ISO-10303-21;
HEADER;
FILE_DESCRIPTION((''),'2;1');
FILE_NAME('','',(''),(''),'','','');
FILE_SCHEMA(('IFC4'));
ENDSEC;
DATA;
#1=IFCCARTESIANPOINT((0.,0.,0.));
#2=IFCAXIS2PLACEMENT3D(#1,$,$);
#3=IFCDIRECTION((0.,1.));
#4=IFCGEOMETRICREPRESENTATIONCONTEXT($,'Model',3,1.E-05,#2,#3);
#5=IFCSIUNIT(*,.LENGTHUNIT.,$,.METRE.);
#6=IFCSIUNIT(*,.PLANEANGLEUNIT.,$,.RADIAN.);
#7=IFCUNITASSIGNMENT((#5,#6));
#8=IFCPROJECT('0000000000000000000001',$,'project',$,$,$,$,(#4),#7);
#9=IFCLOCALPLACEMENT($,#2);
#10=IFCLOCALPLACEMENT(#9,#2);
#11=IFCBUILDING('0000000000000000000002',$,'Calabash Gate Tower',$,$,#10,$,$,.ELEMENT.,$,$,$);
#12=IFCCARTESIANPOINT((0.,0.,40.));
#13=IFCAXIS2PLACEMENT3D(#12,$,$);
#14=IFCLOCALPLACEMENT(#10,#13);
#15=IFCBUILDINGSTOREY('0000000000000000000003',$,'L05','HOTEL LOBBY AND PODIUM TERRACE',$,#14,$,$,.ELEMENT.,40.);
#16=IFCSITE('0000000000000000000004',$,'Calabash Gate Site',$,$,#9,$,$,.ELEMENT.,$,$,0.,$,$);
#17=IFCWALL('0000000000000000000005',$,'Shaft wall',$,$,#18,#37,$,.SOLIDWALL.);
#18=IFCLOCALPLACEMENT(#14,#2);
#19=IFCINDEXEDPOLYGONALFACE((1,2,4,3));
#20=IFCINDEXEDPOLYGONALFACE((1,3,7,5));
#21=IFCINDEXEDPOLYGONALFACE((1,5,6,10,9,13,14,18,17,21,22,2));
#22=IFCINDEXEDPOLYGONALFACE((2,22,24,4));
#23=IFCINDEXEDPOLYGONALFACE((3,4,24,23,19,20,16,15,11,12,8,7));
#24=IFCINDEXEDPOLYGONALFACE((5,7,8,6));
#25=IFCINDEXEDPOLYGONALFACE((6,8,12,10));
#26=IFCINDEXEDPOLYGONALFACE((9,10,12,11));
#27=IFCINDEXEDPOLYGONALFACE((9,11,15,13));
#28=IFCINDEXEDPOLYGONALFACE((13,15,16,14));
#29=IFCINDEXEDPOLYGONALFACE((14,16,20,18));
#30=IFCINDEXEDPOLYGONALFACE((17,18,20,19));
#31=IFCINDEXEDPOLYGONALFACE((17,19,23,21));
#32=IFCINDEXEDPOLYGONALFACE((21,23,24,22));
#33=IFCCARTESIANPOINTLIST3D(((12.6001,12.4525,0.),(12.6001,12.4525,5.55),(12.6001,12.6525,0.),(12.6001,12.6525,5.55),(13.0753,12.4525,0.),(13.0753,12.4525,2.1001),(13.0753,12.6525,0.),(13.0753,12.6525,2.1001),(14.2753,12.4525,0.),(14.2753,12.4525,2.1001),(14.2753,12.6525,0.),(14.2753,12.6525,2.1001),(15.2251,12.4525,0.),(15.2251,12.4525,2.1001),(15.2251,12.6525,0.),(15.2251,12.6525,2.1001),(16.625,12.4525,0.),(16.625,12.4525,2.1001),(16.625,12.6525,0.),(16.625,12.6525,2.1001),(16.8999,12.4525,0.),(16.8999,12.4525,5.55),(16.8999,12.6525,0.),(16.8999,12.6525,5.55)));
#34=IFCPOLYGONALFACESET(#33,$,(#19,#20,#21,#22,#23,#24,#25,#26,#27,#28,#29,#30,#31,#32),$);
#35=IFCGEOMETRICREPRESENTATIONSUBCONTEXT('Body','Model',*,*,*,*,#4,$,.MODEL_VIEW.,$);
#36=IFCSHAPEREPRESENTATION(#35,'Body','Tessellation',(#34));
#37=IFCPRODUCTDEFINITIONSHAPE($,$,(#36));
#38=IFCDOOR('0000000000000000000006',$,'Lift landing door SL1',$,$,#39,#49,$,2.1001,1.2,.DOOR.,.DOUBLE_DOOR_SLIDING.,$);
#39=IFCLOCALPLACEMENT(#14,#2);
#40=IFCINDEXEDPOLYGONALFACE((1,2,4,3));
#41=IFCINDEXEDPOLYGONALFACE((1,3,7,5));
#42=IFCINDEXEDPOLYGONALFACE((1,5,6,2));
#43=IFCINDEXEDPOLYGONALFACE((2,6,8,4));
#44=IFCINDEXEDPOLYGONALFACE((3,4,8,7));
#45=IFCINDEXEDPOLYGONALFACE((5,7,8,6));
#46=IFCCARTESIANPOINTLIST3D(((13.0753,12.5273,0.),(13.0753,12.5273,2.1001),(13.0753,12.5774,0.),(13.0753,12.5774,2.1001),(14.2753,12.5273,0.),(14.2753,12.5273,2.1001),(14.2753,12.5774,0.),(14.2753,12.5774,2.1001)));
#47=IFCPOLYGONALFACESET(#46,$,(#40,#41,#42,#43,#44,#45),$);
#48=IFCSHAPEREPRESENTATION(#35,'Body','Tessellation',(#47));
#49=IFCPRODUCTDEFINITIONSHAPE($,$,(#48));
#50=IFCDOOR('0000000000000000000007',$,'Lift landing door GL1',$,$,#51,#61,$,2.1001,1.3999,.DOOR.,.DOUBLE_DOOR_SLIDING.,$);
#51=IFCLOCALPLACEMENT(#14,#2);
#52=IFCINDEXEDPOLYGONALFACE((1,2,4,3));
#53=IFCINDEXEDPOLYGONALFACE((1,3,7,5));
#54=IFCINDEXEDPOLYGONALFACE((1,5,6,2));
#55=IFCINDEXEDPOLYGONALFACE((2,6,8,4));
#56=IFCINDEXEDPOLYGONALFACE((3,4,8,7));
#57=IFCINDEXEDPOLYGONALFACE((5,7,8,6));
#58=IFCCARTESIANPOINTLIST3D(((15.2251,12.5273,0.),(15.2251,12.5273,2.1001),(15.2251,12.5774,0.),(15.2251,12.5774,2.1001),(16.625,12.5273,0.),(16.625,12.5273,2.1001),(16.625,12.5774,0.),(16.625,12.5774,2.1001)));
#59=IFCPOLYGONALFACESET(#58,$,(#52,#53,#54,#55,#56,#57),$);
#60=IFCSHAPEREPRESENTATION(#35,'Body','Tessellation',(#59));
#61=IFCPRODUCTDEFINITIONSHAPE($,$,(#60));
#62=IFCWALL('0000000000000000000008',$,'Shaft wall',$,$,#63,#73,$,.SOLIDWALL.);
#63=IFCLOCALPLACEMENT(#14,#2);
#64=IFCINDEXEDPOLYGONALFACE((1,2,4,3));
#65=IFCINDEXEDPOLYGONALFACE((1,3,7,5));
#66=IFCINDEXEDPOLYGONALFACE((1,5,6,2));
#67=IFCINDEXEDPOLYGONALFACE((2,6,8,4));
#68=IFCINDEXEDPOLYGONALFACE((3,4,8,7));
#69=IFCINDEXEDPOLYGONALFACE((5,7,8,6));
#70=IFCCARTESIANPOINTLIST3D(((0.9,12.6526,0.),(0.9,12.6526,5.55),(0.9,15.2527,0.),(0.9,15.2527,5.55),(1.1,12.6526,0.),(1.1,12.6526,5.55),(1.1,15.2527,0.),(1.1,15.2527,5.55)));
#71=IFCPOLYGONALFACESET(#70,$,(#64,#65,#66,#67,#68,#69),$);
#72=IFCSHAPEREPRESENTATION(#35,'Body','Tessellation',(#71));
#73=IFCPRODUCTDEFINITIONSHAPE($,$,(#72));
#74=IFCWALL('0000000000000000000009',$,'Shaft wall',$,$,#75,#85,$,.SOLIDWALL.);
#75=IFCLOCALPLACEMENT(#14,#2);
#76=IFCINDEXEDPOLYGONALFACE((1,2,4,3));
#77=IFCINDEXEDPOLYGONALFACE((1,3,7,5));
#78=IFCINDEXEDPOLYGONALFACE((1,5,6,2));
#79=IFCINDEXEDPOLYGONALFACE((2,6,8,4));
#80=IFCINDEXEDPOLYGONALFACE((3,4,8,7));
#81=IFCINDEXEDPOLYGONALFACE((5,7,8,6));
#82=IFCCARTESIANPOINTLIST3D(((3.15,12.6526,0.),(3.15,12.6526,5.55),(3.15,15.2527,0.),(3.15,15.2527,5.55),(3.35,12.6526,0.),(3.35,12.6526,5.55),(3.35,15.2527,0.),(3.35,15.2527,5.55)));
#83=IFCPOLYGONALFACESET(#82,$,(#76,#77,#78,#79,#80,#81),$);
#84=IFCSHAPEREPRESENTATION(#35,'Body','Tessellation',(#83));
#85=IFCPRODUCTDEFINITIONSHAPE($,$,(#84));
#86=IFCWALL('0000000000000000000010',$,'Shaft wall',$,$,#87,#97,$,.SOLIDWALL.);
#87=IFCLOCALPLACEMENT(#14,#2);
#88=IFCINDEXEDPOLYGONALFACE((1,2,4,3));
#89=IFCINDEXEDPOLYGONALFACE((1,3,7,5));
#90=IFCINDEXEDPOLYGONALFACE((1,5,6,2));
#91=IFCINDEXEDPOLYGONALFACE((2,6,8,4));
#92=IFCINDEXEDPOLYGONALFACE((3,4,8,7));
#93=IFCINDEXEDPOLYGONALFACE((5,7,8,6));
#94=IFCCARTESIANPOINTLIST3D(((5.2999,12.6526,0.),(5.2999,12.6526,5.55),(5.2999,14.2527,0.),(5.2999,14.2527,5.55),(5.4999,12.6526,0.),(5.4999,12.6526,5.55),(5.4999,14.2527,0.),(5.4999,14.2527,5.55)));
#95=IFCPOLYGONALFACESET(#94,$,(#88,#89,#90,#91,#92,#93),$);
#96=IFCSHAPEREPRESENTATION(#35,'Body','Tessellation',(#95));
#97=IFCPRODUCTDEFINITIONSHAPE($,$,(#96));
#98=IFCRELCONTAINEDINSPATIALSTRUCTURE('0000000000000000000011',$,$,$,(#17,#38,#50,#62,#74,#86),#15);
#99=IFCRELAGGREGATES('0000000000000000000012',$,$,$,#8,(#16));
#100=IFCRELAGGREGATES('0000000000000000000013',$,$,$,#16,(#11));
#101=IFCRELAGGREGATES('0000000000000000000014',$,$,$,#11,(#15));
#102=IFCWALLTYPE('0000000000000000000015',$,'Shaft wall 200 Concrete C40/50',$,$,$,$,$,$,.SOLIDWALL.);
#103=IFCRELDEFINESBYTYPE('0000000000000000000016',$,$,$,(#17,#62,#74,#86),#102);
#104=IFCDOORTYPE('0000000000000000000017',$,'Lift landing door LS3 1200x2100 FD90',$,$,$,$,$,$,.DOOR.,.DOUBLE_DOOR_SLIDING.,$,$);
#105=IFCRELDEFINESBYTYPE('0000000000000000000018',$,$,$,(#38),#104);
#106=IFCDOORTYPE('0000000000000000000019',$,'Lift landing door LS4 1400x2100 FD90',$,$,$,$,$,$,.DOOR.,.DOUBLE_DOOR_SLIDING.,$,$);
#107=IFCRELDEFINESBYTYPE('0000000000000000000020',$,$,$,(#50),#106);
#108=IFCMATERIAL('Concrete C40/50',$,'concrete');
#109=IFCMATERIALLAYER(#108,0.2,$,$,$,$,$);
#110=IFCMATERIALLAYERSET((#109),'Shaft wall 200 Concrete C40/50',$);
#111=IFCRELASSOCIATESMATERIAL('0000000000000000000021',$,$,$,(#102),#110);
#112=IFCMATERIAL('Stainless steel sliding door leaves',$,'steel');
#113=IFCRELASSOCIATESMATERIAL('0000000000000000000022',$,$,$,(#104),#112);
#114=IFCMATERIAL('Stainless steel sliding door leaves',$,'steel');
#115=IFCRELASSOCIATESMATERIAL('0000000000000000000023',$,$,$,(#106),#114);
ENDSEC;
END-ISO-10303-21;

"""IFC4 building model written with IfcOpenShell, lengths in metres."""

from ifc_helpers import new_model, si_unit, direction, frame, frame_2d, origin, place, context, subcontext, project, spatial, rectangle, extrude, material, layer, layer_set, type_object, element, fill, save


model = new_model("IFC4")

# Units and contexts
model_context = context("Model", 3, precision=1e-05, world=origin(), true_north=direction((0.0, 1.0)))
body_context = subcontext(model_context, "Body", "Model", "MODEL_VIEW")
ifc_project = project(units=[si_unit("LENGTHUNIT", "METRE"), si_unit("PLANEANGLEUNIT", "RADIAN")], contexts=[model_context])

# Site, building, storey
site_placement = place(None, origin())
site = spatial("IfcSite", under=ifc_project, at=site_placement, Name="Calabash Gate Site", CompositionType="ELEMENT", RefElevation=0.0)
building_placement = place(site_placement, origin())
building = spatial("IfcBuilding", under=site, at=building_placement, Name="Calabash Gate Tower", CompositionType="ELEMENT")
storey_placement = place(building_placement, frame((0.0, 0.0, 40.0)))
storey = spatial("IfcBuildingStorey", under=building, at=storey_placement, Name="L05", Description="HOTEL LOBBY AND PODIUM TERRACE", CompositionType="ELEMENT", Elevation=40.0)

# Shared definitions
ifc_material_1 = material(Name="Concrete C40/50", Category="concrete")
ifc_layer_1 = layer(ifc_material_1, 0.2)
ifc_layer_set_1 = layer_set([ifc_layer_1], Name="Shaft wall 200 Concrete C40/50")
wall_type_1 = type_object("IfcWallType", Name="Shaft wall 200 Concrete C40/50", PredefinedType="SOLIDWALL", material=ifc_layer_set_1)

# Wall, openings, doors
wall_1_placement = place(storey_placement, frame((12.6001, 12.5525, 0.0), z_axis=(0.0, 0.0, 1.0), x_axis=(1.0, 0.0, 0.0)))
wall_1 = element("IfcWall", 1, at=wall_1_placement, inside=storey, type_object=wall_type_1, Name="Shaft wall", PredefinedType="SOLIDWALL", context=body_context, shape_type="SweptSolid", body=[
    extrude(rectangle(XDim=4.2998, YDim=0.2, at=frame_2d((2.1499, 0.0))), origin(), (0.0, 0.0, 1.0), 5.55),
])
opening_1_placement = place(wall_1_placement, frame((0.4751, 0.0, 0.0)))
opening_1 = element("IfcOpeningElement", 2, at=opening_1_placement, cuts=wall_1, PredefinedType="OPENING", context=body_context, shape_type="SweptSolid", body=[
    extrude(rectangle(XDim=1.2, YDim=2.1001, at=frame_2d((0.6001, 1.05))), frame((0.0, 0.1099, 0.0), z_axis=(0.0, -1.0, 0.0), x_axis=(1.0, 0.0, 0.0)), (0.0, 0.0, 1.0), 0.22),
])
opening_2_placement = place(wall_1_placement, frame((2.625, 0.0, 0.0)))
opening_2 = element("IfcOpeningElement", 3, at=opening_2_placement, cuts=wall_1, PredefinedType="OPENING", context=body_context, shape_type="SweptSolid", body=[
    extrude(rectangle(XDim=1.3999, YDim=2.1001, at=frame_2d((0.7, 1.05))), frame((0.0, 0.1099, 0.0), z_axis=(0.0, -1.0, 0.0), x_axis=(1.0, 0.0, 0.0)), (0.0, 0.0, 1.0), 0.22),
])
ifc_material_2 = material(Name="Stainless steel sliding door leaves", Category="steel")
door_type_1 = type_object("IfcDoorType", Name="Lift landing door LS3 1200x2100 FD90", OperationType="DOUBLE_DOOR_SLIDING", PredefinedType="DOOR", material=ifc_material_2)
door_1_placement = place(opening_1_placement, origin())
door_1 = element("IfcDoor", 4, at=door_1_placement, inside=storey, type_object=door_type_1, Name="Lift landing door SL1", OperationType="DOUBLE_DOOR_SLIDING", OverallHeight=2.1001, OverallWidth=1.2, PredefinedType="DOOR", context=body_context, shape_type="SweptSolid", body=[
    extrude(rectangle(XDim=1.2, YDim=2.1001, at=frame_2d((0.6001, 1.05))), frame((0.0, 0.0249, 0.0), z_axis=(0.0, -1.0, 0.0), x_axis=(1.0, 0.0, 0.0)), (0.0, 0.0, 1.0), 0.05),
])
fill(opening_1, door_1)
ifc_material_3 = material(Name="Stainless steel sliding door leaves", Category="steel")
door_type_2 = type_object("IfcDoorType", Name="Lift landing door LS4 1400x2100 FD90", OperationType="DOUBLE_DOOR_SLIDING", PredefinedType="DOOR", material=ifc_material_3)
door_2_placement = place(opening_2_placement, origin())
door_2 = element("IfcDoor", 5, at=door_2_placement, inside=storey, type_object=door_type_2, Name="Lift landing door GL1", OperationType="DOUBLE_DOOR_SLIDING", OverallHeight=2.1001, OverallWidth=1.3999, PredefinedType="DOOR", context=body_context, shape_type="SweptSolid", body=[
    extrude(rectangle(XDim=1.3999, YDim=2.1001, at=frame_2d((0.7, 1.05))), frame((0.0, 0.0249, 0.0), z_axis=(0.0, -1.0, 0.0), x_axis=(1.0, 0.0, 0.0)), (0.0, 0.0, 1.0), 0.05),
])
fill(opening_2, door_2)

# Walls
for number, where, z_axis, x_axis, name in (
    (6, (1.0, 12.6526, 0.0), (0.0, 0.0, 1.0), (0.0, 1.0, 0.0), "Shaft wall"),
    (7, (3.25, 12.6526, 0.0), (0.0, 0.0, 1.0), (0.0, 1.0, 0.0), "Shaft wall"),
):
    element("IfcWall", number, at=place(storey_placement, frame(where, z_axis=z_axis, x_axis=x_axis)), inside=storey, type_object=wall_type_1, Name=name, PredefinedType="SOLIDWALL", context=body_context, shape_type="SweptSolid", body=[
        extrude(rectangle(XDim=2.6001, YDim=0.2, at=frame_2d((1.3, 0.0))), origin(), (0.0, 0.0, 1.0), 5.55),
    ])
wall_2_placement = place(storey_placement, frame((5.3999, 12.6526, 0.0), z_axis=(0.0, 0.0, 1.0), x_axis=(0.0, 1.0, 0.0)))
element("IfcWall", 8, at=wall_2_placement, inside=storey, type_object=wall_type_1, Name="Shaft wall", PredefinedType="SOLIDWALL", context=body_context, shape_type="SweptSolid", body=[
    extrude(rectangle(XDim=1.6001, YDim=0.2, at=frame_2d((0.8, 0.0))), origin(), (0.0, 0.0, 1.0), 5.55),
])

save(model, "model.ifc")
